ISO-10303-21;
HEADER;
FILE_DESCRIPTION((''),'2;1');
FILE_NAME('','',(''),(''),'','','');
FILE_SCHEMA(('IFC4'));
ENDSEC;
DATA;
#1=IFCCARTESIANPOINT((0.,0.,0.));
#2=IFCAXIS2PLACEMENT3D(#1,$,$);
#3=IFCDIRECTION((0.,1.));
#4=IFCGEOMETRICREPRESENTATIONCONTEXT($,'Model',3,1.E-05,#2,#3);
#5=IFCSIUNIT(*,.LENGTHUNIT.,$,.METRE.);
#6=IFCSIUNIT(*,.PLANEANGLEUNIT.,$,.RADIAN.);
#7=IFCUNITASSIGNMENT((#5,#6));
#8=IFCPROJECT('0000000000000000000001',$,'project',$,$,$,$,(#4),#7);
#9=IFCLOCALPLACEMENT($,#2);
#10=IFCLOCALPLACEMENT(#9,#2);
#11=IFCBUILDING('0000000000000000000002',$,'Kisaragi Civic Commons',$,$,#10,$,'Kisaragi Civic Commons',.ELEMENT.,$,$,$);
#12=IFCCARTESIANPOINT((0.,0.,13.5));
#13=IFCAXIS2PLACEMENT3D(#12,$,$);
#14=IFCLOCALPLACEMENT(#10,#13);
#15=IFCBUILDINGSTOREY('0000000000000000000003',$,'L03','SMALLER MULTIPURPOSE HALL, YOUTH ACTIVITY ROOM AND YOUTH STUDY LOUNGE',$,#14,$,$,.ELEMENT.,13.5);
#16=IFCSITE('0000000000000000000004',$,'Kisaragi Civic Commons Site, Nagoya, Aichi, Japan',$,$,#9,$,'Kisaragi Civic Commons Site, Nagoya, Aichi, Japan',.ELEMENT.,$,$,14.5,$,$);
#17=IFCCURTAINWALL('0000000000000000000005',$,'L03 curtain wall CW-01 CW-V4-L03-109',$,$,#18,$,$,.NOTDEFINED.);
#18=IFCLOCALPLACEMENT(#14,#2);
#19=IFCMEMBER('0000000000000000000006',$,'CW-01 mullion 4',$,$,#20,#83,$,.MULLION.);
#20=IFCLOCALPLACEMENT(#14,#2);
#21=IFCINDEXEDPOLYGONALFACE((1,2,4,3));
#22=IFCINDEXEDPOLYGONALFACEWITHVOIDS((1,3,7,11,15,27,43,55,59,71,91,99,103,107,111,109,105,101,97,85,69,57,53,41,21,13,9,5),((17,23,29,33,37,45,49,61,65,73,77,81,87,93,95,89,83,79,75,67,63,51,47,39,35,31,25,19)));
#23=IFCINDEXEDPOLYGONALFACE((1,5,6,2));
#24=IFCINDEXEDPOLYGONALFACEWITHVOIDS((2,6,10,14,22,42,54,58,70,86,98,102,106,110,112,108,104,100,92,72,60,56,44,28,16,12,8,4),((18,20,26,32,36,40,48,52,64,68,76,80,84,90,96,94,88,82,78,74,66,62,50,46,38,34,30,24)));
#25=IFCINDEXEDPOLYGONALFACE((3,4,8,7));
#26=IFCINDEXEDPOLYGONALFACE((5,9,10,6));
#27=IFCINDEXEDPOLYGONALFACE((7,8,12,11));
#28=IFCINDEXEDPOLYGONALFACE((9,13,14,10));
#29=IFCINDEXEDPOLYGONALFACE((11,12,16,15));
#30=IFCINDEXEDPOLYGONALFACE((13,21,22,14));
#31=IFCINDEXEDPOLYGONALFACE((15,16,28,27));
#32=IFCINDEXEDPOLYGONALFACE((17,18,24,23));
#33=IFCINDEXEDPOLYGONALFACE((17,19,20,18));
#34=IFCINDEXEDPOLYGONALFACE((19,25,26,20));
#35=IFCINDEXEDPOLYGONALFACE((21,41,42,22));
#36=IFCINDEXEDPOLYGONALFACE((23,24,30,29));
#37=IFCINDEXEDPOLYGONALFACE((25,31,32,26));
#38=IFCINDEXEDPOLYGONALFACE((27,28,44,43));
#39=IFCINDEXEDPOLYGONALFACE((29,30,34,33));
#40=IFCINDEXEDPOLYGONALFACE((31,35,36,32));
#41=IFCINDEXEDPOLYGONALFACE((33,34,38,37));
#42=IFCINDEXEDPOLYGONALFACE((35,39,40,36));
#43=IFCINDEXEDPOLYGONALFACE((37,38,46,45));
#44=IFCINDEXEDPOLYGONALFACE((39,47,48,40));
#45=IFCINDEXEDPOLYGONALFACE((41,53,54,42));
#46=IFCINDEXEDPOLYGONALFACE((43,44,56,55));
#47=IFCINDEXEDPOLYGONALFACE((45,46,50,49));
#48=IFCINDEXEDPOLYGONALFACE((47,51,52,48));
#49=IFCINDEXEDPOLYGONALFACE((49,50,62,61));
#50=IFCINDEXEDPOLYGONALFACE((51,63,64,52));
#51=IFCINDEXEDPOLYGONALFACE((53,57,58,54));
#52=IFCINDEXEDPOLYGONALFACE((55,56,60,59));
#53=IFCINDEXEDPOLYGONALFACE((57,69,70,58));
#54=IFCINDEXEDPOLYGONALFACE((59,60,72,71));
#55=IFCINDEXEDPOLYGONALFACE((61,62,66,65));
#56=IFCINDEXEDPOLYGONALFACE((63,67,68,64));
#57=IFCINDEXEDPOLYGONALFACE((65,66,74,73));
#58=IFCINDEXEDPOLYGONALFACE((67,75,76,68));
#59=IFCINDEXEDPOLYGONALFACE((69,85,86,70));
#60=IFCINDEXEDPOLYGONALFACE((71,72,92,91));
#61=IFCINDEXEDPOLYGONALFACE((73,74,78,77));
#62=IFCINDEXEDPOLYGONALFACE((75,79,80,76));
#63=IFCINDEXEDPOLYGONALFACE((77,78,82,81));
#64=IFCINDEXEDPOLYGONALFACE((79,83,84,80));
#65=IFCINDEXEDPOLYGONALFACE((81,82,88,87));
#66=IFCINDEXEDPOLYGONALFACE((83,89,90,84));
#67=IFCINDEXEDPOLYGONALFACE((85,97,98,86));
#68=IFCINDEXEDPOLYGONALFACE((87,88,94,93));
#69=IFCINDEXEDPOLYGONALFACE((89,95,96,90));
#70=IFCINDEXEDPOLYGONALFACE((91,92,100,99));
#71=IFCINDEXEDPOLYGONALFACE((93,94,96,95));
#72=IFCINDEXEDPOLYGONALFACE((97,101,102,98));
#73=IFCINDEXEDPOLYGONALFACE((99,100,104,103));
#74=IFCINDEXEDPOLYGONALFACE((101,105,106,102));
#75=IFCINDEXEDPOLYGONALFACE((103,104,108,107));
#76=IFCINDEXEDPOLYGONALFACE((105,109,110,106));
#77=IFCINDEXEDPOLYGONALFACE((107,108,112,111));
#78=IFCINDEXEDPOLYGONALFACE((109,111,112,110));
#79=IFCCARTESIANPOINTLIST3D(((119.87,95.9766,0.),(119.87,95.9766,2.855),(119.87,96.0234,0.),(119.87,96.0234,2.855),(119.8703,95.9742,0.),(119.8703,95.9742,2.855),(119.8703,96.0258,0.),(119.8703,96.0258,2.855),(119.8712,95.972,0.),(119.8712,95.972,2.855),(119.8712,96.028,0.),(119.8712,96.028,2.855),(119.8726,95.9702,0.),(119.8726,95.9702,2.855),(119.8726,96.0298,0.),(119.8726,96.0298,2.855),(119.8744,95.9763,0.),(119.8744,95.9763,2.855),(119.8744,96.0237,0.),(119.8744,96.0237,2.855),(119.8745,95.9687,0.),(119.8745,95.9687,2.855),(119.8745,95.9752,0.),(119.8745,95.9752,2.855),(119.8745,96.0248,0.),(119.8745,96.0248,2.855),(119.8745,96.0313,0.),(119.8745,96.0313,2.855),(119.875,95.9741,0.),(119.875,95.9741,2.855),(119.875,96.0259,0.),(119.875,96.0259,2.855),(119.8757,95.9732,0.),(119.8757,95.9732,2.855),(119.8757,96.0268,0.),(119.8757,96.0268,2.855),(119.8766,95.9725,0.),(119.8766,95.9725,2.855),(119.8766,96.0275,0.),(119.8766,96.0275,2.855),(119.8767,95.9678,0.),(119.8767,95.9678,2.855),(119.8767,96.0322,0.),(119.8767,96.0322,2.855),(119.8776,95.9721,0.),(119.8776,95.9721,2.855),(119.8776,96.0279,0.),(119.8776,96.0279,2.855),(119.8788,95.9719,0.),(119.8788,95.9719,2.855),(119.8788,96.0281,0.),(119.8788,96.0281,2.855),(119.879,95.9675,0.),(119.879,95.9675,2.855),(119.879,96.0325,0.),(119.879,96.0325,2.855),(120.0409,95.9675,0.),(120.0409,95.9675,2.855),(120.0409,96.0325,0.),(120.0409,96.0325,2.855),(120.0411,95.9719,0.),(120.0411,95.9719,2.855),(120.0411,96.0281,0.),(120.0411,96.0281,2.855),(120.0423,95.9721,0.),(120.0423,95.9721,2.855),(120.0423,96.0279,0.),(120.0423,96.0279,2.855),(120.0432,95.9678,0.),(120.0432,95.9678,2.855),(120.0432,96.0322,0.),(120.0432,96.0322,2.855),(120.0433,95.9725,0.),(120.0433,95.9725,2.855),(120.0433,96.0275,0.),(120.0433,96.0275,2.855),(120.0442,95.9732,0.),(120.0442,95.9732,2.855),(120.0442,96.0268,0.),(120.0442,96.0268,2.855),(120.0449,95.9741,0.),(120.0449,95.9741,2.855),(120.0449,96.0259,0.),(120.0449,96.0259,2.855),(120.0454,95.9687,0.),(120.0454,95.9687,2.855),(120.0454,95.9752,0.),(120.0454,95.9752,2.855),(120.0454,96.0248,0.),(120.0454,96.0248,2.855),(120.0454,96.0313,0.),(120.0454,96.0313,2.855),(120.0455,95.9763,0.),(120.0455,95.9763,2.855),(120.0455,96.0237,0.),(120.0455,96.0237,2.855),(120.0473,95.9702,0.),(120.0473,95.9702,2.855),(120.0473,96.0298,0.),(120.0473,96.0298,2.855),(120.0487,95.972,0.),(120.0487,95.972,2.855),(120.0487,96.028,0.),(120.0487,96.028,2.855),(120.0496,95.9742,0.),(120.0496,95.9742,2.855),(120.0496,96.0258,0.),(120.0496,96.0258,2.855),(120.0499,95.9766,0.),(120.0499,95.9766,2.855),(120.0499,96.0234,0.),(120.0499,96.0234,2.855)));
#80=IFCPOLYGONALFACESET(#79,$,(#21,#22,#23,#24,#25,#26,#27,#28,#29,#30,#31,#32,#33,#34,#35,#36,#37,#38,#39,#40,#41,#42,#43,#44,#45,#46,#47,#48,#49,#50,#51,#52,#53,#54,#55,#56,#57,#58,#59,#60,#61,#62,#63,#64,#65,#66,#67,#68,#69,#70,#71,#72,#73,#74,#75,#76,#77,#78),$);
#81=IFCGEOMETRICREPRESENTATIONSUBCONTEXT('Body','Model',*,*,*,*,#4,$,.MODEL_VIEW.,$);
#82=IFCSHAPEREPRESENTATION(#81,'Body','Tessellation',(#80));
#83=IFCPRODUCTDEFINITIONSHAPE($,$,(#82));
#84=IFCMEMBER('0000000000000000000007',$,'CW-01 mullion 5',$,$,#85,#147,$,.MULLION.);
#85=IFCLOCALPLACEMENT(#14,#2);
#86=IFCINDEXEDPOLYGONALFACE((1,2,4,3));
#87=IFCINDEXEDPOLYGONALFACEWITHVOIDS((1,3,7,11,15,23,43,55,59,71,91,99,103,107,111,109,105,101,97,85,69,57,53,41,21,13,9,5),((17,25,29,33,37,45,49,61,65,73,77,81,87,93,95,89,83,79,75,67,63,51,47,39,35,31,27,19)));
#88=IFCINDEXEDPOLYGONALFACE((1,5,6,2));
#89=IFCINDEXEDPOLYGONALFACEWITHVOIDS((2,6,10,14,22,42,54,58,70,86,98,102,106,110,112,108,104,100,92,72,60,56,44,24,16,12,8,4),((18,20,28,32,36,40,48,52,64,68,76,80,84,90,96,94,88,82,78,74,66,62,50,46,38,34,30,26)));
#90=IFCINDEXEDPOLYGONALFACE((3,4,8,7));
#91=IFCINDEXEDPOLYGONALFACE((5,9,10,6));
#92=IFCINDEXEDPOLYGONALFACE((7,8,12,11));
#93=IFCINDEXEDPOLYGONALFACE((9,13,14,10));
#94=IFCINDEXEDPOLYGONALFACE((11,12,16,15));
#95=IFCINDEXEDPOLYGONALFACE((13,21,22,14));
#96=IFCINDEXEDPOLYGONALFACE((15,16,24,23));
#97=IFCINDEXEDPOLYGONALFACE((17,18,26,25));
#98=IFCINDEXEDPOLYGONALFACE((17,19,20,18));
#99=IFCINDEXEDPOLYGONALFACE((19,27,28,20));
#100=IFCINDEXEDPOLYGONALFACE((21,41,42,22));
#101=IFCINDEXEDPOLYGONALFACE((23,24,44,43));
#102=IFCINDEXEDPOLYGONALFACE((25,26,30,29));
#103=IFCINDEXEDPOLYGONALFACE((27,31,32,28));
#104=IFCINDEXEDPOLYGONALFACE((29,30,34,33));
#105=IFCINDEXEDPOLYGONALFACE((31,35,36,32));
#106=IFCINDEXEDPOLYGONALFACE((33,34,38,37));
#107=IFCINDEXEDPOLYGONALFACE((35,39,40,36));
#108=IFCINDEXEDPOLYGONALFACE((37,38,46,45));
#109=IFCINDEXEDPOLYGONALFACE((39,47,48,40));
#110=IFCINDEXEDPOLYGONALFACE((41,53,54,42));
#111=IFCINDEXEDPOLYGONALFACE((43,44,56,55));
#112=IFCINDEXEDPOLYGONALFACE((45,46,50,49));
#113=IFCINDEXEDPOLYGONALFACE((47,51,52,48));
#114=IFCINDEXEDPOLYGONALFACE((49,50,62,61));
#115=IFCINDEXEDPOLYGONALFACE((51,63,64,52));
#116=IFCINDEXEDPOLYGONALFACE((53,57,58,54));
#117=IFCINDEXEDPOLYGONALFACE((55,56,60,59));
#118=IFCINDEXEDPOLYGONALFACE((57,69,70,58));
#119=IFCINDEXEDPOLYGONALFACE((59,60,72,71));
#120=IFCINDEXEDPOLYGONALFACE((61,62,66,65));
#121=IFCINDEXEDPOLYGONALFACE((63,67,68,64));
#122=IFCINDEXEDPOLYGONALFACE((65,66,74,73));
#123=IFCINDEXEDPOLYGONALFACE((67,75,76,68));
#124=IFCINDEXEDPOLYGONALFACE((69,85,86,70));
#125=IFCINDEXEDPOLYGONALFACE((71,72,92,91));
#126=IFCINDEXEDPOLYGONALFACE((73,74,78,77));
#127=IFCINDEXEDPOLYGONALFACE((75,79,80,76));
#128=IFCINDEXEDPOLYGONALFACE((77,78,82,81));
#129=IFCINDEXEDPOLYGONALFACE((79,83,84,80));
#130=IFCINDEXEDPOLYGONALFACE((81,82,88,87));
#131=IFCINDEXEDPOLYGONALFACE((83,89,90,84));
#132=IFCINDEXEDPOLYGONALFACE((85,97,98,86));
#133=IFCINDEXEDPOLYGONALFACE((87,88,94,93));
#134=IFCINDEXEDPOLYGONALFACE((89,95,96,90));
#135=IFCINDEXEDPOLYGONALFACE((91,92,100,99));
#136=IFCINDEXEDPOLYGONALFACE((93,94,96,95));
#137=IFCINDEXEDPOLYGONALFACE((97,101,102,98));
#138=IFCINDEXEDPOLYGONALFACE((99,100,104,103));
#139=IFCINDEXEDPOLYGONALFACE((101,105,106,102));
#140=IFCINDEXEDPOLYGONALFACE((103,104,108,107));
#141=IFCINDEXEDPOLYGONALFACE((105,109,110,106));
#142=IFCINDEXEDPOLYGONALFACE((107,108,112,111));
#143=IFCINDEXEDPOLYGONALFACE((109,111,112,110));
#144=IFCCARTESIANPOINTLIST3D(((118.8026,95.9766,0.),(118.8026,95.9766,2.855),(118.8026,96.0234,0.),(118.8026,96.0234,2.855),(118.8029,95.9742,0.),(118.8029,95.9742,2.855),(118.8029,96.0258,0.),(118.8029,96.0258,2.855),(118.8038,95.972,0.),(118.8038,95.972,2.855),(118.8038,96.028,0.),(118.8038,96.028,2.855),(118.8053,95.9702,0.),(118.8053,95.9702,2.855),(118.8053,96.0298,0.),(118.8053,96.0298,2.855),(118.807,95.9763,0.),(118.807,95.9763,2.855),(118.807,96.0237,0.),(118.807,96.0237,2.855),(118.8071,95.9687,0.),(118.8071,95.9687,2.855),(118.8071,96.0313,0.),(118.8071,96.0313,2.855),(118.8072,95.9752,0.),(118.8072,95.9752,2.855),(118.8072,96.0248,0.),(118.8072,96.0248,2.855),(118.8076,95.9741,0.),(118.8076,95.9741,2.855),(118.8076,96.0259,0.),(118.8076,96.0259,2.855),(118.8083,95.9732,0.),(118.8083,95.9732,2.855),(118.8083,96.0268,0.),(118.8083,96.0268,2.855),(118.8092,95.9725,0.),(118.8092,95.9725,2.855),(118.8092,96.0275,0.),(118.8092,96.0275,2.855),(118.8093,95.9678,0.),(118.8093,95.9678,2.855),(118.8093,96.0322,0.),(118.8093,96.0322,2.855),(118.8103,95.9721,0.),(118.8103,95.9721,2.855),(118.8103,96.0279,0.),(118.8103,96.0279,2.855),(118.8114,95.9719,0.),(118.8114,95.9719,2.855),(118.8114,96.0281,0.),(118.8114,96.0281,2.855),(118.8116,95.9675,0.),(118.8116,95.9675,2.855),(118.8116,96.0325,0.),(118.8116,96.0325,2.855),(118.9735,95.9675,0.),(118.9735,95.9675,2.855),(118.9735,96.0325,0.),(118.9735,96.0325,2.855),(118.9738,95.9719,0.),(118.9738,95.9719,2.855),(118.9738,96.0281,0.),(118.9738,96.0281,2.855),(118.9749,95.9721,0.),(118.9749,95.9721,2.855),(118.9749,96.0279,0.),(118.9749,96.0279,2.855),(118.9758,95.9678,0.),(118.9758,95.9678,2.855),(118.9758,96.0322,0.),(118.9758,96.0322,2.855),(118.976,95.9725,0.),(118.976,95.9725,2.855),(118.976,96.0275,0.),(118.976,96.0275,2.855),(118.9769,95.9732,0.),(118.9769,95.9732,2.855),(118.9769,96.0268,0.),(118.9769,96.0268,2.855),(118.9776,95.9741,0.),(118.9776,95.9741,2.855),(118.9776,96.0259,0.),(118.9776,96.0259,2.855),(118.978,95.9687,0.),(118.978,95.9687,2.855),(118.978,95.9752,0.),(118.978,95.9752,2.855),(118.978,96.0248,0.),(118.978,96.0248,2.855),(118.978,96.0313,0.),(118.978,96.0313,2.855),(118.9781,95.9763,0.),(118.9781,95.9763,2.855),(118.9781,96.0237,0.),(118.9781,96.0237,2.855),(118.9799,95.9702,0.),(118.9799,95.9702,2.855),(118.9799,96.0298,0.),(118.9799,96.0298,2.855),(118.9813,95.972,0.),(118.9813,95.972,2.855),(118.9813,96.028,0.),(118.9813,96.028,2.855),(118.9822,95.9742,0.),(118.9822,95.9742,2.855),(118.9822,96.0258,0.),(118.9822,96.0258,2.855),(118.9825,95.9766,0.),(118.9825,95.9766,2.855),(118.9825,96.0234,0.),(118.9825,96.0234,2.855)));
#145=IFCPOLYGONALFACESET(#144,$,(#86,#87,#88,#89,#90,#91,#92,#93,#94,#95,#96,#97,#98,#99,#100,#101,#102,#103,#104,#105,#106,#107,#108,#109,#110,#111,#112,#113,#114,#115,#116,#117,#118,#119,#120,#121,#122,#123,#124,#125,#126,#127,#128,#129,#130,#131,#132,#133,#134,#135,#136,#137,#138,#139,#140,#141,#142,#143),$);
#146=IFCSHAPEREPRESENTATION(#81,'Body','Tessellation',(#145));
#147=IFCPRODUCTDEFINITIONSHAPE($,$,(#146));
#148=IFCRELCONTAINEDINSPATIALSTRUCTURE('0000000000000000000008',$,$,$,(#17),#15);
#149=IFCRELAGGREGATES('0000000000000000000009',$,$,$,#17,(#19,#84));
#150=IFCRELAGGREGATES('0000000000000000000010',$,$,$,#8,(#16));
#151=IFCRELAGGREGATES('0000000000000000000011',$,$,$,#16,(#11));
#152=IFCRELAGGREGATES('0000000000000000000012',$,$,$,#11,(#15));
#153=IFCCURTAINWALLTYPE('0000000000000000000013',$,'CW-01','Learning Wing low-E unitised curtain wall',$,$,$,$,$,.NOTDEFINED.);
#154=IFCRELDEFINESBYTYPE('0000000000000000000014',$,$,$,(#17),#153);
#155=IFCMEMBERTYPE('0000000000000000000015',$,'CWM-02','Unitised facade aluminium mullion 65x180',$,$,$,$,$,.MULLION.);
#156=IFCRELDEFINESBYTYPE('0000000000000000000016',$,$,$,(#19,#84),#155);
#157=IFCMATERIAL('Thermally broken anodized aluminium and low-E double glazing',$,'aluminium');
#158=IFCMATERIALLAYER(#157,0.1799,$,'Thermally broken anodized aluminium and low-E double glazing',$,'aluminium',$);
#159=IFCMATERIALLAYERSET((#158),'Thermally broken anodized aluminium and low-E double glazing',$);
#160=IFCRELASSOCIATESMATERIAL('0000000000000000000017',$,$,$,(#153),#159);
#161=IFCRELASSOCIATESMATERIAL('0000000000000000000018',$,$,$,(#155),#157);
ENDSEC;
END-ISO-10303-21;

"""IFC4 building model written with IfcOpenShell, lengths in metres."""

from ifc_helpers import new_model, si_unit, direction, frame, origin, origin_2d, place, context, subcontext, project, spatial, hollow_rectangle, extrude, material, layer, layer_set, material_profile, profile_set, type_object, element, aggregate, save


model = new_model("IFC4")

# Units and contexts
model_context = context("Model", 3, precision=1e-05, world=origin(), true_north=direction((0.0, 1.0)))
body_context = subcontext(model_context, "Body", "Model", "MODEL_VIEW")
ifc_project = project(units=[si_unit("LENGTHUNIT", "METRE"), si_unit("PLANEANGLEUNIT", "RADIAN")], contexts=[model_context])

# Site, building, storey
site_placement = place(None, origin())
site = spatial("IfcSite", under=ifc_project, at=site_placement, Name="Kisaragi Civic Commons Site, Nagoya, Aichi, Japan", LongName="Kisaragi Civic Commons Site, Nagoya, Aichi, Japan", CompositionType="ELEMENT", RefElevation=14.5)
building_placement = place(site_placement, origin())
building = spatial("IfcBuilding", under=site, at=building_placement, Name="Kisaragi Civic Commons", LongName="Kisaragi Civic Commons", CompositionType="ELEMENT")
storey_placement = place(building_placement, frame((0.0, 0.0, 13.5)))
storey = spatial("IfcBuildingStorey", under=building, at=storey_placement, Name="L03", Description="SMALLER MULTIPURPOSE HALL, YOUTH ACTIVITY ROOM AND YOUTH STUDY LOUNGE", CompositionType="ELEMENT", Elevation=13.5)

# Curtain wall, members
ifc_material = material(Name="Thermally broken anodized aluminium and low-E double glazing", Category="aluminium")
ifc_layer_1 = layer(ifc_material, 0.1799, Name="Thermally broken anodized aluminium and low-E double glazing", Category="aluminium")
ifc_layer_set_1 = layer_set([ifc_layer_1], Name="Thermally broken anodized aluminium and low-E double glazing")
curtain_wall_type = type_object("IfcCurtainWallType", Name="CW-01", Description="Learning Wing low-E unitised curtain wall", PredefinedType="NOTDEFINED", material=ifc_layer_set_1)
curtain_wall_1_placement = place(storey_placement, origin())
curtain_wall_1 = element("IfcCurtainWall", 1, at=curtain_wall_1_placement, inside=storey, type_object=curtain_wall_type, Name="L03 curtain wall CW-01 CW-V4-L03-109", PredefinedType="NOTDEFINED")
ifc_material_profile_1 = material_profile(ifc_material, hollow_rectangle(XDim=0.0649, YDim=0.1799, WallThickness=0.0044, InnerFilletRadius=0.0044, OuterFilletRadius=0.009, at=origin_2d()), Name="CWM-65x180x4.5", Category="aluminium")
ifc_profile_set_1 = profile_set([ifc_material_profile_1], Name="Thermally broken anodized aluminium and low-E double glazing")
member_type_1 = type_object("IfcMemberType", Name="CWM-02", Description="Unitised facade aluminium mullion 65x180", PredefinedType="MULLION", material=ifc_profile_set_1)
member_1_placement = place(storey_placement, frame((119.96, 96.0, 0.0), z_axis=(0.0, 0.0, 1.0), x_axis=(0.0, -1.0, 0.0)))
member_1 = element("IfcMember", 2, at=member_1_placement, type_object=member_type_1, Name="CW-01 mullion 4", PredefinedType="MULLION", context=body_context, shape_type="SweptSolid", body=[
    extrude(hollow_rectangle(XDim=0.0649, YDim=0.1799, WallThickness=0.0044, InnerFilletRadius=0.0044, OuterFilletRadius=0.009, at=origin_2d()), origin(), (0.0, 0.0, 1.0), 2.855),
])
member_2_placement = place(storey_placement, frame((118.8926, 96.0, 0.0), z_axis=(0.0, 0.0, 1.0), x_axis=(0.0, -1.0, 0.0)))
member_2 = element("IfcMember", 3, at=member_2_placement, type_object=member_type_1, Name="CW-01 mullion 5", PredefinedType="MULLION", context=body_context, shape_type="SweptSolid", body=[
    extrude(hollow_rectangle(XDim=0.0649, YDim=0.1799, WallThickness=0.0044, InnerFilletRadius=0.0044, OuterFilletRadius=0.009, at=origin_2d()), origin(), (0.0, 0.0, 1.0), 2.855),
])

aggregate(curtain_wall_1, [member_1, member_2])

save(model, "model.ifc")
